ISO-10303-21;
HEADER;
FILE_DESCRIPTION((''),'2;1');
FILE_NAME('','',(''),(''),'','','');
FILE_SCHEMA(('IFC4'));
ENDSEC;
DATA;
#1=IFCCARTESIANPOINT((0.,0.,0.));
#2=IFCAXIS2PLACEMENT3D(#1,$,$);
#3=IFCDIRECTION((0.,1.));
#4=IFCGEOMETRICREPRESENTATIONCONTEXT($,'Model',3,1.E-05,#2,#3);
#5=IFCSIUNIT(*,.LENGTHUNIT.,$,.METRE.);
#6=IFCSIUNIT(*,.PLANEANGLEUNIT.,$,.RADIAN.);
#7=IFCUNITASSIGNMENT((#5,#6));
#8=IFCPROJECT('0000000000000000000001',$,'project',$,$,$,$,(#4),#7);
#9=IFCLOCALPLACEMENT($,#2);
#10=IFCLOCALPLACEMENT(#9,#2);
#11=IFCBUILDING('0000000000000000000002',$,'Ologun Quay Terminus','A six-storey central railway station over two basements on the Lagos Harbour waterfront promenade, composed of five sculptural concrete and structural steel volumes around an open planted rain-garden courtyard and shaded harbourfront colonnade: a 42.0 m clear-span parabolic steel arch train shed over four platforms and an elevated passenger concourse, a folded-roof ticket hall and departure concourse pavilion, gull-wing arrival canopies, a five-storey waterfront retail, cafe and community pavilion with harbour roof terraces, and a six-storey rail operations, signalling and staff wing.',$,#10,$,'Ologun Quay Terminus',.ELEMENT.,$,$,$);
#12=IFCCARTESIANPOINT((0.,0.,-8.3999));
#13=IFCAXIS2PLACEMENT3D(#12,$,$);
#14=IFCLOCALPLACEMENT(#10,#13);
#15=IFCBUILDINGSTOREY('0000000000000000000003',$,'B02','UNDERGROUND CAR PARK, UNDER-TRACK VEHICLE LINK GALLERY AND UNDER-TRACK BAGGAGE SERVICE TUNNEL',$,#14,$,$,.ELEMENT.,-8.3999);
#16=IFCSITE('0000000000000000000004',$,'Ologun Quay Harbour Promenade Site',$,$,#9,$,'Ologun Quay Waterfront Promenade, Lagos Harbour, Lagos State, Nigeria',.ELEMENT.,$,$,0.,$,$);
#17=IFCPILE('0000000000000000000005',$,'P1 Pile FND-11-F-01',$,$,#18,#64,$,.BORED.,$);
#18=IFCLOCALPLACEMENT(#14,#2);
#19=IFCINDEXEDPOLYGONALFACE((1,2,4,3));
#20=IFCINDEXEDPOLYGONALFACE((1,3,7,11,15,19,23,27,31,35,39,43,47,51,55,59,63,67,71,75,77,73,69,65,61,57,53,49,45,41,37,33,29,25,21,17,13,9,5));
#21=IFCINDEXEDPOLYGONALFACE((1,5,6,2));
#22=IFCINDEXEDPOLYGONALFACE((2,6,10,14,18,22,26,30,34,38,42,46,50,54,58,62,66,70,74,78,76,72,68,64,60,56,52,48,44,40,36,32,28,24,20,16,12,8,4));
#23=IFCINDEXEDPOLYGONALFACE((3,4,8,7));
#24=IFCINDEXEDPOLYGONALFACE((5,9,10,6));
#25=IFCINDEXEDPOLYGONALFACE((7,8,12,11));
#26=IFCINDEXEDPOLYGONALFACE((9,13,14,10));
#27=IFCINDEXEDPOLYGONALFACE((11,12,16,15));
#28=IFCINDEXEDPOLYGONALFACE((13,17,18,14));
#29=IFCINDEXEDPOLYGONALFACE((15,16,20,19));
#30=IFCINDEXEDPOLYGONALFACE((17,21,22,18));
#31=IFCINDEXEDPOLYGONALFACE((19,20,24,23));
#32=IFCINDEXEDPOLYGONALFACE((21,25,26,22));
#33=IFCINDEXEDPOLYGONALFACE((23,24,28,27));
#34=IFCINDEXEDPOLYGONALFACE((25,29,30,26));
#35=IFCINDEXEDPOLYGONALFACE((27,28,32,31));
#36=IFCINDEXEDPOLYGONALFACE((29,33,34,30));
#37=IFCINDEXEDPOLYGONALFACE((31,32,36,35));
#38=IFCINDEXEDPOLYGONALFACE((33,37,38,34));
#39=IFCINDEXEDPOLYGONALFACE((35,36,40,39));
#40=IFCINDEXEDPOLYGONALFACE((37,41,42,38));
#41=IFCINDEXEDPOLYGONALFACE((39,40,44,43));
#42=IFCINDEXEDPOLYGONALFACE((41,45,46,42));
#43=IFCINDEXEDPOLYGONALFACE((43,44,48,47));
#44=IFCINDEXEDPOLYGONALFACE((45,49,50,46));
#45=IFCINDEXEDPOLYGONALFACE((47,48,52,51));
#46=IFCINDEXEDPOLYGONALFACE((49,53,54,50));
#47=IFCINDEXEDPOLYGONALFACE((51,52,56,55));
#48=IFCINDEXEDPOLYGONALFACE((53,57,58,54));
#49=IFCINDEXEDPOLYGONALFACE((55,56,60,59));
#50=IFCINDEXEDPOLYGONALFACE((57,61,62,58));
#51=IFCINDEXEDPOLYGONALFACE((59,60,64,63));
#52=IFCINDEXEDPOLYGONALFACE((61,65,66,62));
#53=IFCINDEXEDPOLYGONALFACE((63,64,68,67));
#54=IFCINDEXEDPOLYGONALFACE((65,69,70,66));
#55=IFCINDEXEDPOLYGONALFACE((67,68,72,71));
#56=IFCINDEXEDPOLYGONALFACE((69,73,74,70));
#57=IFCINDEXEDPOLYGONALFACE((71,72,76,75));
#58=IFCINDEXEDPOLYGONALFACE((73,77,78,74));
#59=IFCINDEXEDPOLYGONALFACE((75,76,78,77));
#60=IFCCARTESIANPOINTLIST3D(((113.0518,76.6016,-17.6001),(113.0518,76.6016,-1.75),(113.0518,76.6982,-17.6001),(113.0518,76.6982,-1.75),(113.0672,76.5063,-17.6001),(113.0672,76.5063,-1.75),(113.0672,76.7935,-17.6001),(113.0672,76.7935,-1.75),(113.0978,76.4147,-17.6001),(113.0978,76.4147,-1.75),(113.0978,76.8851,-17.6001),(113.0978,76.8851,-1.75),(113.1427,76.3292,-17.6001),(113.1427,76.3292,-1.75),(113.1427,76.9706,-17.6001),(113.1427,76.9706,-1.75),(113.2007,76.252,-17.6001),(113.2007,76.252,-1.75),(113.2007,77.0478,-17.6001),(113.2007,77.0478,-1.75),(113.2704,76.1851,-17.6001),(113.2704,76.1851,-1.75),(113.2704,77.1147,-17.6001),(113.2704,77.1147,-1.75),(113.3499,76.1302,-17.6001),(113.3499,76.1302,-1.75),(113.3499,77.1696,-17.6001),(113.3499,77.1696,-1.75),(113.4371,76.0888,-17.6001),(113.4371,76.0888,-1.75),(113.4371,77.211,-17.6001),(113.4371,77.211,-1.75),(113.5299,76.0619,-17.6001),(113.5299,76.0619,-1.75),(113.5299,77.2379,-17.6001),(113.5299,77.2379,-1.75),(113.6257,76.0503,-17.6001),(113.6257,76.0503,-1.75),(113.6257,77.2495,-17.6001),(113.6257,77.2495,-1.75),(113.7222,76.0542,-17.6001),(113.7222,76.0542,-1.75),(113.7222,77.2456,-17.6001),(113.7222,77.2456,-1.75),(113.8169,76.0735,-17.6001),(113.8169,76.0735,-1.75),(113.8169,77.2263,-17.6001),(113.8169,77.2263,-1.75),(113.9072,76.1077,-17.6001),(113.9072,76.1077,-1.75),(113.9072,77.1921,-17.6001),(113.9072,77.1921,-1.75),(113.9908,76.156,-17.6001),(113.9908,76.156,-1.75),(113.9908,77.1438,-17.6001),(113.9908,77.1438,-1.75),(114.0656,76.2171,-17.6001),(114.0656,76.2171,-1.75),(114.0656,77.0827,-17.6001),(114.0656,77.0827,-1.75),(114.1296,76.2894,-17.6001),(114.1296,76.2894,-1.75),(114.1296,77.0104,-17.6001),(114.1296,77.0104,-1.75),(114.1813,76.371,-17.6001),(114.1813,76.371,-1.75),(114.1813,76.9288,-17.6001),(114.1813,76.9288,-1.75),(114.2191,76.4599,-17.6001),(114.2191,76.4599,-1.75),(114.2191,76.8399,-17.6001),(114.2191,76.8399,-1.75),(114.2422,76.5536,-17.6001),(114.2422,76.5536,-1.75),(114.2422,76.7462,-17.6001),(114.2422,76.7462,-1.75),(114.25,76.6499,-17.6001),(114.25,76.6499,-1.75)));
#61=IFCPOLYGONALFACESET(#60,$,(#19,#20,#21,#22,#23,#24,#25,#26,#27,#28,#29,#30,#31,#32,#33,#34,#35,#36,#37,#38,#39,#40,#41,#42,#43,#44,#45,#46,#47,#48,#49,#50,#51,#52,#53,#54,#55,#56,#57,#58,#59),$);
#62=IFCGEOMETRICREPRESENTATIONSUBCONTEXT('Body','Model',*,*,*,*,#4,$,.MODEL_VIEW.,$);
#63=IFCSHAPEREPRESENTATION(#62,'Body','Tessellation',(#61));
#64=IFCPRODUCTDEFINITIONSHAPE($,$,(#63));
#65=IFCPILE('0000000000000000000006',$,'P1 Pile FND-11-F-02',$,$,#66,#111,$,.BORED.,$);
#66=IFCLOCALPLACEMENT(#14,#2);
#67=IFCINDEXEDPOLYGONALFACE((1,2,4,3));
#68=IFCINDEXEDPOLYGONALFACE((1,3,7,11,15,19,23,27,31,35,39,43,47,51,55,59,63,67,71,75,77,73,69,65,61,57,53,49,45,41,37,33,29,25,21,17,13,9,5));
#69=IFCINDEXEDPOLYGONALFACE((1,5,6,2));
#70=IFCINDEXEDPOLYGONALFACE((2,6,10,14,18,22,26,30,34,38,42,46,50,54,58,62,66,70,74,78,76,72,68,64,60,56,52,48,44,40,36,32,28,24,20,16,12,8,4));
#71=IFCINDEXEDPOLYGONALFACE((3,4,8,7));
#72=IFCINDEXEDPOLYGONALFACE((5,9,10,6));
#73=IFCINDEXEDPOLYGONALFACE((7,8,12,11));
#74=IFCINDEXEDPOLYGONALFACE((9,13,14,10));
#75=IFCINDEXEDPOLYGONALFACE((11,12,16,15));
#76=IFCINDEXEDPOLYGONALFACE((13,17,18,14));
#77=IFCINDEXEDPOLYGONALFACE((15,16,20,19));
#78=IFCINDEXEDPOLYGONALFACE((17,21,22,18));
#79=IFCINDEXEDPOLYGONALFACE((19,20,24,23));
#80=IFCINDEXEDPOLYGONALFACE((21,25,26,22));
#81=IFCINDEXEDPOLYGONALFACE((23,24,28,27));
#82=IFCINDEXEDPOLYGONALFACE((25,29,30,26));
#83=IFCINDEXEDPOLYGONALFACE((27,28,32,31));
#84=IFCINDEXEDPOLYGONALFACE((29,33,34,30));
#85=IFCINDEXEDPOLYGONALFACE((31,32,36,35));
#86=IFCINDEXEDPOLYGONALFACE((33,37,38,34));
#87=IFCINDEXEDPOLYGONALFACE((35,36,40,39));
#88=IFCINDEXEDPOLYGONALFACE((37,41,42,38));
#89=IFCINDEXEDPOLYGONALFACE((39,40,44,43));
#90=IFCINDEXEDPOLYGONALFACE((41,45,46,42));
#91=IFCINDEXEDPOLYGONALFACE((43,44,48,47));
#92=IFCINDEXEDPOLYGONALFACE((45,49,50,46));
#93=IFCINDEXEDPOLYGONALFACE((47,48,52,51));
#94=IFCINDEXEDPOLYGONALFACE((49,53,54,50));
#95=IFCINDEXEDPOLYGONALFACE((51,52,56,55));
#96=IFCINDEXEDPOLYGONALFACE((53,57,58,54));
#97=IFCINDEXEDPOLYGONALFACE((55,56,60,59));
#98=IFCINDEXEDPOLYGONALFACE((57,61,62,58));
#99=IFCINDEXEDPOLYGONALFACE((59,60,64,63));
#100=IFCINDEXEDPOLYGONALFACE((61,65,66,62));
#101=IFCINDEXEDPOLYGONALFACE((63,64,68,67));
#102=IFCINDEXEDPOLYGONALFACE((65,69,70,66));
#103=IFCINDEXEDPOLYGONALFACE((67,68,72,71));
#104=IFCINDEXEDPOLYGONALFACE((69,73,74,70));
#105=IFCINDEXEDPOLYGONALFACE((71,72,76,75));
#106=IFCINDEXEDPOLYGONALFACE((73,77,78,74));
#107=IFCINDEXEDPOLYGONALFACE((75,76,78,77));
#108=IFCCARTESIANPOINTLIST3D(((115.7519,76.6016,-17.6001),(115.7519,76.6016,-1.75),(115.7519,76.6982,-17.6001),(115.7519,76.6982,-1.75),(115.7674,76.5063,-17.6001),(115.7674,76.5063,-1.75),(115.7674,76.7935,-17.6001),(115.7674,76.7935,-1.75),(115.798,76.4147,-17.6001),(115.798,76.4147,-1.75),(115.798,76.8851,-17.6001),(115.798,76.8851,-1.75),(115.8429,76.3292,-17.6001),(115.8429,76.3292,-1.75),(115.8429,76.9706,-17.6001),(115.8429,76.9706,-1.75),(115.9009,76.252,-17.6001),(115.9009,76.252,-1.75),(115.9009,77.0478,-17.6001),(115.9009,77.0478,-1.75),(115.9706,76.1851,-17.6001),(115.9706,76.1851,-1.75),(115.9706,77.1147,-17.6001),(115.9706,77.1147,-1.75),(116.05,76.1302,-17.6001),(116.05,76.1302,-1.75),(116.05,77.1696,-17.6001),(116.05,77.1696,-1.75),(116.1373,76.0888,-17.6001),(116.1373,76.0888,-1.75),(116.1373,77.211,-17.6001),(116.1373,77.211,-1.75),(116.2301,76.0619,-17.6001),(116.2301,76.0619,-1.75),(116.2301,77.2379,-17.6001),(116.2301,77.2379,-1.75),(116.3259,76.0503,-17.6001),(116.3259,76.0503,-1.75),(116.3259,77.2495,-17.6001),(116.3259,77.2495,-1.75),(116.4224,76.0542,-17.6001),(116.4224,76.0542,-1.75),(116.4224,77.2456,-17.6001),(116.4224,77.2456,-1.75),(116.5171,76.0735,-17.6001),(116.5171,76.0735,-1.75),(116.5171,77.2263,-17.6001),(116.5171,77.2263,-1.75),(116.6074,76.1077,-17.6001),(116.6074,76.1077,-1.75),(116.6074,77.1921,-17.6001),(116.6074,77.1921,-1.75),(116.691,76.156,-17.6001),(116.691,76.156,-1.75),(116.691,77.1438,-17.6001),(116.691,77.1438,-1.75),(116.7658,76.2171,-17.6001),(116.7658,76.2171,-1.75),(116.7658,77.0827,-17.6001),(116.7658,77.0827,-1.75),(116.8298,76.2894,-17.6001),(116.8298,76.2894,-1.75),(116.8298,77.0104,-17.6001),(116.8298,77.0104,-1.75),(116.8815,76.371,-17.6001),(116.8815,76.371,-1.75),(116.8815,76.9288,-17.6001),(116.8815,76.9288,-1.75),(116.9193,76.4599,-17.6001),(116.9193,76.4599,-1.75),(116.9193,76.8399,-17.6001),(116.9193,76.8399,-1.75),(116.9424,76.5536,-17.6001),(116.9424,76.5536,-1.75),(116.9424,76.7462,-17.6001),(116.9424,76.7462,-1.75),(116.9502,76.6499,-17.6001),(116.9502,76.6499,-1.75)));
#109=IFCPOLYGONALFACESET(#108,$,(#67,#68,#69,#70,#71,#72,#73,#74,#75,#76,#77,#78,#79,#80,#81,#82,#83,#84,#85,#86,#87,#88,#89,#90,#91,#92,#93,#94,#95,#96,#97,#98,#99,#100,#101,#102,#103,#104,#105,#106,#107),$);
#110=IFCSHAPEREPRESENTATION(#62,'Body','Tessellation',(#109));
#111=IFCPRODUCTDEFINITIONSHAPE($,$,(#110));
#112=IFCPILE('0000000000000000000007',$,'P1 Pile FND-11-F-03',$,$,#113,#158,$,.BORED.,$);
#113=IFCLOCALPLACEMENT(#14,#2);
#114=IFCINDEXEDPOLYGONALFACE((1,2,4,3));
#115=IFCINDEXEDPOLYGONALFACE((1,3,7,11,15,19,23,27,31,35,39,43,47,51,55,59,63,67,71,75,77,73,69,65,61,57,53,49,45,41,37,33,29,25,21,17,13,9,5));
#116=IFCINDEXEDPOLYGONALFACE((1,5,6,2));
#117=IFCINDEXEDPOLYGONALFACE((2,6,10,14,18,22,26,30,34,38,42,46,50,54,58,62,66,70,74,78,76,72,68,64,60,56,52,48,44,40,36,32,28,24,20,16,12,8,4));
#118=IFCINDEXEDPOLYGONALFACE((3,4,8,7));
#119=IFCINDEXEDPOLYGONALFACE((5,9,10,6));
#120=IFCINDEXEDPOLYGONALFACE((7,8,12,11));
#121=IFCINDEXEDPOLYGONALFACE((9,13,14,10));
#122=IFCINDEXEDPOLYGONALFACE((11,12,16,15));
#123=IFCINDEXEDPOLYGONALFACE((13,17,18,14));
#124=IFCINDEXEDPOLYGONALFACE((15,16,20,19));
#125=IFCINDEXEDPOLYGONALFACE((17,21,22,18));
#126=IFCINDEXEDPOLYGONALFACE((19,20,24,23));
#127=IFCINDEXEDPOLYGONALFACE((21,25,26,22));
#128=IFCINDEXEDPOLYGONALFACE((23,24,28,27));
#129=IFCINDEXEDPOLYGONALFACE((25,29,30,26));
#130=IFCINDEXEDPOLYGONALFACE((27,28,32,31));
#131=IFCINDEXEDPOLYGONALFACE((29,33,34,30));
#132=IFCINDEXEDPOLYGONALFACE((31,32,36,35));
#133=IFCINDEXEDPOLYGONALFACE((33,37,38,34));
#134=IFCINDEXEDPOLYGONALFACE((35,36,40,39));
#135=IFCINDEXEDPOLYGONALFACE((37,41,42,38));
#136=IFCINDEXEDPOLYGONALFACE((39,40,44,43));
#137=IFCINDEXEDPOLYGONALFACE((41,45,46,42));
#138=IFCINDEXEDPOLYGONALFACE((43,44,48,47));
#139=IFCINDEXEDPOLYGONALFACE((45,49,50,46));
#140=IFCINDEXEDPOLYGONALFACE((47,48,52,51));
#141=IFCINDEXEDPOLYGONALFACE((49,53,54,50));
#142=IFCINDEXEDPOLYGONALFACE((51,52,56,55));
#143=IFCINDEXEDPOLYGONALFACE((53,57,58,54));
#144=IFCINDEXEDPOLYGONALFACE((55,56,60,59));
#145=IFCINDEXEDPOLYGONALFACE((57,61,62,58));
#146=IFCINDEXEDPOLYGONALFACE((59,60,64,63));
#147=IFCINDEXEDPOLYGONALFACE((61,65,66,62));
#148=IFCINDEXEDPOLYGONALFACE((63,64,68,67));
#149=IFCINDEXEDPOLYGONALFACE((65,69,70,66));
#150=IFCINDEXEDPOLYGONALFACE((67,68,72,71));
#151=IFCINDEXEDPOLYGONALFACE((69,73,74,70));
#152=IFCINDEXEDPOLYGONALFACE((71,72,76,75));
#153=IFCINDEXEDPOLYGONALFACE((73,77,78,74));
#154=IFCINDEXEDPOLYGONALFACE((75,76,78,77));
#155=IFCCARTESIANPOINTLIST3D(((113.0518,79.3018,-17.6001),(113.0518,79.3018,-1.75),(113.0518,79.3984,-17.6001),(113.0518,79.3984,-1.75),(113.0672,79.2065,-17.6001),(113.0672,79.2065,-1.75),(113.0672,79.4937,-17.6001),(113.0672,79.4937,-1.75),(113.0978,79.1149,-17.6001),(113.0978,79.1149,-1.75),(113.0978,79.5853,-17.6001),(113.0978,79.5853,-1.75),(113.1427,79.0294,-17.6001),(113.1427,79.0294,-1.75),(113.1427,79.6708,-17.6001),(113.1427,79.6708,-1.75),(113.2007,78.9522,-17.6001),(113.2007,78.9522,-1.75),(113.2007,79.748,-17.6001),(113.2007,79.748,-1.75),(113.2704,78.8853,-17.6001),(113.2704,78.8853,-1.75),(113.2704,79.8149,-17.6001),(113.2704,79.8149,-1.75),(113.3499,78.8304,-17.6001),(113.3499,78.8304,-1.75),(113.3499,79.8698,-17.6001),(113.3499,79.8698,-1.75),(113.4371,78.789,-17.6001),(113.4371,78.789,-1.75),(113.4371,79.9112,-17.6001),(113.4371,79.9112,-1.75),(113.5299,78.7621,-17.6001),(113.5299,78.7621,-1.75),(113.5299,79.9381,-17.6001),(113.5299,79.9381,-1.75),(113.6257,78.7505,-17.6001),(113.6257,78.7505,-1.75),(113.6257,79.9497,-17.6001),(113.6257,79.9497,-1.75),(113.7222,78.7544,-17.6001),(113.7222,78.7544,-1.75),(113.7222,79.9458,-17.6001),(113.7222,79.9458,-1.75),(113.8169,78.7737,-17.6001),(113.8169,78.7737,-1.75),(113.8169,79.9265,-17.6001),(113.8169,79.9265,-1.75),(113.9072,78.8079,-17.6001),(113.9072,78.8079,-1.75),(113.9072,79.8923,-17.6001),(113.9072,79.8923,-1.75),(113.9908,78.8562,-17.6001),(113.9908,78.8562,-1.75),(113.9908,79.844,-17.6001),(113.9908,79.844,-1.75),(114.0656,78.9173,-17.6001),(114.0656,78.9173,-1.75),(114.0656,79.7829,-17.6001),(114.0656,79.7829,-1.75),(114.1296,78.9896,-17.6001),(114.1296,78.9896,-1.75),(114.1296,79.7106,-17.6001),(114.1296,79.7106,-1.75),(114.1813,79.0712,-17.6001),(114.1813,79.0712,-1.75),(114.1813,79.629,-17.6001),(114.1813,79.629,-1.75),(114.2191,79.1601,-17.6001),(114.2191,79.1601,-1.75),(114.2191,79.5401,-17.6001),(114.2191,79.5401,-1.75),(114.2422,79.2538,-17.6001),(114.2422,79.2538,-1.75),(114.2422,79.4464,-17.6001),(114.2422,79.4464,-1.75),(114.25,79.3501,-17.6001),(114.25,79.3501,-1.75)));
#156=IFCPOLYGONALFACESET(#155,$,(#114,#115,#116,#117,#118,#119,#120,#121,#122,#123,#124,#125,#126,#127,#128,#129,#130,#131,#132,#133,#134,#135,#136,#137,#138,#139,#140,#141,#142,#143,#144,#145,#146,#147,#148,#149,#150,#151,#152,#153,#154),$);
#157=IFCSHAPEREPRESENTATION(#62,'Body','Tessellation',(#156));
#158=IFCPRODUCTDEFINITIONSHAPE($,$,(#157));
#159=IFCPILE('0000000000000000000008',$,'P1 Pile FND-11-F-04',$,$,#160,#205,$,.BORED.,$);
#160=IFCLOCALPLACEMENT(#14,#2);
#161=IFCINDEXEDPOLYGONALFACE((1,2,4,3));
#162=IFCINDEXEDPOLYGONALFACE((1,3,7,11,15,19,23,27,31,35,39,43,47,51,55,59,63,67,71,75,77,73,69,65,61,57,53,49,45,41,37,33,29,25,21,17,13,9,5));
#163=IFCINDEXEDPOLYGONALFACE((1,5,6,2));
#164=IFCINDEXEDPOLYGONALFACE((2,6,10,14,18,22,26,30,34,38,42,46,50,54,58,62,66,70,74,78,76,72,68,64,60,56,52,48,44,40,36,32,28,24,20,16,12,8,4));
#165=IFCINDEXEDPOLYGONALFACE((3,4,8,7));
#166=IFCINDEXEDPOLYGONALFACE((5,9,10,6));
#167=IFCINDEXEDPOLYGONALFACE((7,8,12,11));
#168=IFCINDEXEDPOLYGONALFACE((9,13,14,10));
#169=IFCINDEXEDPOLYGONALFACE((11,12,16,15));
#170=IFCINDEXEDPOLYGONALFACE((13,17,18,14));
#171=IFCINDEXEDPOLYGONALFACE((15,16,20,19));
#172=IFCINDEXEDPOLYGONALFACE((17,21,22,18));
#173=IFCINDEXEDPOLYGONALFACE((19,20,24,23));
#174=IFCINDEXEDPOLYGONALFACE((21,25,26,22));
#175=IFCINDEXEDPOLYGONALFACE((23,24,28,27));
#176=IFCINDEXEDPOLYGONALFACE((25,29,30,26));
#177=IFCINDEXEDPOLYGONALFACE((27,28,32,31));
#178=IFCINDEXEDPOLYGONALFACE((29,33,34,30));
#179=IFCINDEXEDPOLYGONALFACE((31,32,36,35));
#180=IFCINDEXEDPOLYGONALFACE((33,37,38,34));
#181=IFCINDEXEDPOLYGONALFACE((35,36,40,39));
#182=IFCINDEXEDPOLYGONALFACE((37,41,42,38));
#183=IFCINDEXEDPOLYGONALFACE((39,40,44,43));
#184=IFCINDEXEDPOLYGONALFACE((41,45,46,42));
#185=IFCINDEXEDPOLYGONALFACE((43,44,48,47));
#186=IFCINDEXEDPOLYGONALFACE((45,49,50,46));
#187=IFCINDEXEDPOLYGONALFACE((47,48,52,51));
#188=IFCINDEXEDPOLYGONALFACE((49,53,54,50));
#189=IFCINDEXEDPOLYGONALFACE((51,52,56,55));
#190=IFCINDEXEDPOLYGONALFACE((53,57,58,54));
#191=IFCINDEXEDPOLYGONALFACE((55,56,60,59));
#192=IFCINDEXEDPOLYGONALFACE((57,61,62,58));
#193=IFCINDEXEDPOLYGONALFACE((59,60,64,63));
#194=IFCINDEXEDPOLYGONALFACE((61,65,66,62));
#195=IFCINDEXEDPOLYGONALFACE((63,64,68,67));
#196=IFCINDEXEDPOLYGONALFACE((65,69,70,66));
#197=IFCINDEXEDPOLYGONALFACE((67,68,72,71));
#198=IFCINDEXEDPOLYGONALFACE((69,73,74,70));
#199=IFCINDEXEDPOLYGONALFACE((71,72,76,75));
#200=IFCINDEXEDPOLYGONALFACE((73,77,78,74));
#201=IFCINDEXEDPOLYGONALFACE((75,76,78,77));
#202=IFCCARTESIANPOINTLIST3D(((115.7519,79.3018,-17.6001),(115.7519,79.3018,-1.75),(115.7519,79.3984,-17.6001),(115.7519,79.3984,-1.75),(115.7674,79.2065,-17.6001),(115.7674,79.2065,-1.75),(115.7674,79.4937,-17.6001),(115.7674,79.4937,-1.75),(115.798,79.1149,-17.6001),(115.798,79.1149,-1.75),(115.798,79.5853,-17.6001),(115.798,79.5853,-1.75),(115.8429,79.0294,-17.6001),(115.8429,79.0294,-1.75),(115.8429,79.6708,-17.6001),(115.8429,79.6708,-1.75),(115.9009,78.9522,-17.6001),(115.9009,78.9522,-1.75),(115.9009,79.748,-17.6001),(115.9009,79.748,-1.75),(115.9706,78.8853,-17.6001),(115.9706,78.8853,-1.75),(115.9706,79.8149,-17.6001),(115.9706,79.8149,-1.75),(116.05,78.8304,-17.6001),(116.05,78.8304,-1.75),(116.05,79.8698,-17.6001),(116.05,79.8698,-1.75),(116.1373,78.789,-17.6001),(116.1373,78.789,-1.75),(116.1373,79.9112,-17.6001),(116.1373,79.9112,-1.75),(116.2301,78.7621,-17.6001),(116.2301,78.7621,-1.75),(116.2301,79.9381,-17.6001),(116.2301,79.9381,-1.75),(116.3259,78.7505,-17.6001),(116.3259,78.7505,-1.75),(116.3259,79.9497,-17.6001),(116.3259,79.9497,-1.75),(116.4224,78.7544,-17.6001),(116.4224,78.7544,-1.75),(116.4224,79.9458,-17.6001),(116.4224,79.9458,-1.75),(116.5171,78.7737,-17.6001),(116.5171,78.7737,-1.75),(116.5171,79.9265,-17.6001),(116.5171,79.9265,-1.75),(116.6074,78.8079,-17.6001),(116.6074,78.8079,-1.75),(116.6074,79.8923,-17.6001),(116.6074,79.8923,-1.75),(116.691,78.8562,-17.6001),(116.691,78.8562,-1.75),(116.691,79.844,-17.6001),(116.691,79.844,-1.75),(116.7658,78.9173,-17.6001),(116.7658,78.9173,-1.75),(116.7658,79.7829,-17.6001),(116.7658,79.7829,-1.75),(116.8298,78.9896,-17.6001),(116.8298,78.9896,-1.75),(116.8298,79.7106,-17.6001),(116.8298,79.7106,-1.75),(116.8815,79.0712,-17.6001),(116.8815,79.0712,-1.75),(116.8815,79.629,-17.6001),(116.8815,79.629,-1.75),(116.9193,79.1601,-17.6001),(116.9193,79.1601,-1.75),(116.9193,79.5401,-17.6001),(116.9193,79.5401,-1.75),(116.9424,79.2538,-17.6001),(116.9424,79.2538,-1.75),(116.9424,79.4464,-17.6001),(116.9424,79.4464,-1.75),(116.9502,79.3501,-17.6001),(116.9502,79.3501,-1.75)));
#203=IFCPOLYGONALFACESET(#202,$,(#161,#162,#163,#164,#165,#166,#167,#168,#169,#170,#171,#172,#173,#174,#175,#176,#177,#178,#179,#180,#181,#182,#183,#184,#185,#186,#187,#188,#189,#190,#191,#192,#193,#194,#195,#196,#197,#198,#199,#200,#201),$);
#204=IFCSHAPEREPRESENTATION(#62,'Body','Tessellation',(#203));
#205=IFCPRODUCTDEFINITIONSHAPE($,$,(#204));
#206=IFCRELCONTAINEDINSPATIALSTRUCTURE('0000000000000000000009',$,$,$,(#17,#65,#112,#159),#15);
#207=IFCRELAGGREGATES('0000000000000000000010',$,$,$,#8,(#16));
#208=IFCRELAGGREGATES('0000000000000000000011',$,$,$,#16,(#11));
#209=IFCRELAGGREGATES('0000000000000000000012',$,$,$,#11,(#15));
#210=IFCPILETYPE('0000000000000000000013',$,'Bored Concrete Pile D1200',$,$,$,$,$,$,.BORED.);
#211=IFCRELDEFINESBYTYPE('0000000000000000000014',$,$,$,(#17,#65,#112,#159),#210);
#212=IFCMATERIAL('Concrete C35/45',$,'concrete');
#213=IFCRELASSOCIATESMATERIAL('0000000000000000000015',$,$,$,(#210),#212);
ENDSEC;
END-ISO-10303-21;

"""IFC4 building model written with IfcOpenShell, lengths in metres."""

from ifc_helpers import new_model, si_unit, direction, frame, origin, origin_2d, place, context, subcontext, project, spatial, circle, extrude, material, material_profile, profile_set, type_object, element, save


model = new_model("IFC4")

# Units and contexts
model_context = context("Model", 3, precision=1e-05, world=origin(), true_north=direction((0.0, 1.0)))
body_context = subcontext(model_context, "Body", "Model", "MODEL_VIEW")
ifc_project = project(units=[si_unit("LENGTHUNIT", "METRE"), si_unit("PLANEANGLEUNIT", "RADIAN")], contexts=[model_context])

# Site, building, storey
site_placement = place(None, origin())
site = spatial("IfcSite", under=ifc_project, at=site_placement, Name="Ologun Quay Harbour Promenade Site", LongName="Ologun Quay Waterfront Promenade, Lagos Harbour, Lagos State, Nigeria", CompositionType="ELEMENT", RefElevation=0.0)
building_placement = place(site_placement, origin())
building = spatial("IfcBuilding", under=site, at=building_placement, Name="Ologun Quay Terminus", Description="A six-storey central railway station over two basements on the Lagos Harbour waterfront promenade, composed of five sculptural concrete and structural steel volumes around an open planted rain-garden courtyard and shaded harbourfront colonnade: a 42.0 m clear-span parabolic steel arch train shed over four platforms and an elevated passenger concourse, a folded-roof ticket hall and departure concourse pavilion, gull-wing arrival canopies, a five-storey waterfront retail, cafe and community pavilion with harbour roof terraces, and a six-storey rail operations, signalling and staff wing.", LongName="Ologun Quay Terminus", CompositionType="ELEMENT")
storey_placement = place(building_placement, frame((0.0, 0.0, -8.3999)))
storey = spatial("IfcBuildingStorey", under=building, at=storey_placement, Name="B02", Description="UNDERGROUND CAR PARK, UNDER-TRACK VEHICLE LINK GALLERY AND UNDER-TRACK BAGGAGE SERVICE TUNNEL", CompositionType="ELEMENT", Elevation=-8.3999)

# Piles
ifc_material_1 = material(Name="Concrete C35/45", Category="concrete")
ifc_material_profile_1 = material_profile(ifc_material_1, circle(Radius=0.6001, at=origin_2d()), Name="PILE D1200")
ifc_profile_set_1 = profile_set([ifc_material_profile_1], Name="Concrete C35/45")
pile_type = type_object("IfcPileType", Name="Bored Concrete Pile D1200", PredefinedType="BORED", material=ifc_profile_set_1)
for number, where, z_axis, x_axis, name in (
    (1, (113.6499, 76.6499, -1.75), (0.0, 0.0, -1.0), (1.0, 0.0, 0.0), "P1 Pile FND-11-F-01"),
    (2, (116.3501, 76.6499, -1.75), (0.0, 0.0, -1.0), (1.0, 0.0, 0.0), "P1 Pile FND-11-F-02"),
    (3, (113.6499, 79.3501, -1.75), (0.0, 0.0, -1.0), (1.0, 0.0, 0.0), "P1 Pile FND-11-F-03"),
    (4, (116.3501, 79.3501, -1.75), (0.0, 0.0, -1.0), (1.0, 0.0, 0.0), "P1 Pile FND-11-F-04"),
):
    element("IfcPile", number, at=place(storey_placement, frame(where, z_axis=z_axis, x_axis=x_axis)), inside=storey, type_object=pile_type, Name=name, PredefinedType="BORED", context=body_context, shape_type="SweptSolid", body=[
        extrude(circle(Radius=0.6001, at=origin_2d()), origin(), (0.0, 0.0, 1.0), 15.8501),
    ])

save(model, "model.ifc")
